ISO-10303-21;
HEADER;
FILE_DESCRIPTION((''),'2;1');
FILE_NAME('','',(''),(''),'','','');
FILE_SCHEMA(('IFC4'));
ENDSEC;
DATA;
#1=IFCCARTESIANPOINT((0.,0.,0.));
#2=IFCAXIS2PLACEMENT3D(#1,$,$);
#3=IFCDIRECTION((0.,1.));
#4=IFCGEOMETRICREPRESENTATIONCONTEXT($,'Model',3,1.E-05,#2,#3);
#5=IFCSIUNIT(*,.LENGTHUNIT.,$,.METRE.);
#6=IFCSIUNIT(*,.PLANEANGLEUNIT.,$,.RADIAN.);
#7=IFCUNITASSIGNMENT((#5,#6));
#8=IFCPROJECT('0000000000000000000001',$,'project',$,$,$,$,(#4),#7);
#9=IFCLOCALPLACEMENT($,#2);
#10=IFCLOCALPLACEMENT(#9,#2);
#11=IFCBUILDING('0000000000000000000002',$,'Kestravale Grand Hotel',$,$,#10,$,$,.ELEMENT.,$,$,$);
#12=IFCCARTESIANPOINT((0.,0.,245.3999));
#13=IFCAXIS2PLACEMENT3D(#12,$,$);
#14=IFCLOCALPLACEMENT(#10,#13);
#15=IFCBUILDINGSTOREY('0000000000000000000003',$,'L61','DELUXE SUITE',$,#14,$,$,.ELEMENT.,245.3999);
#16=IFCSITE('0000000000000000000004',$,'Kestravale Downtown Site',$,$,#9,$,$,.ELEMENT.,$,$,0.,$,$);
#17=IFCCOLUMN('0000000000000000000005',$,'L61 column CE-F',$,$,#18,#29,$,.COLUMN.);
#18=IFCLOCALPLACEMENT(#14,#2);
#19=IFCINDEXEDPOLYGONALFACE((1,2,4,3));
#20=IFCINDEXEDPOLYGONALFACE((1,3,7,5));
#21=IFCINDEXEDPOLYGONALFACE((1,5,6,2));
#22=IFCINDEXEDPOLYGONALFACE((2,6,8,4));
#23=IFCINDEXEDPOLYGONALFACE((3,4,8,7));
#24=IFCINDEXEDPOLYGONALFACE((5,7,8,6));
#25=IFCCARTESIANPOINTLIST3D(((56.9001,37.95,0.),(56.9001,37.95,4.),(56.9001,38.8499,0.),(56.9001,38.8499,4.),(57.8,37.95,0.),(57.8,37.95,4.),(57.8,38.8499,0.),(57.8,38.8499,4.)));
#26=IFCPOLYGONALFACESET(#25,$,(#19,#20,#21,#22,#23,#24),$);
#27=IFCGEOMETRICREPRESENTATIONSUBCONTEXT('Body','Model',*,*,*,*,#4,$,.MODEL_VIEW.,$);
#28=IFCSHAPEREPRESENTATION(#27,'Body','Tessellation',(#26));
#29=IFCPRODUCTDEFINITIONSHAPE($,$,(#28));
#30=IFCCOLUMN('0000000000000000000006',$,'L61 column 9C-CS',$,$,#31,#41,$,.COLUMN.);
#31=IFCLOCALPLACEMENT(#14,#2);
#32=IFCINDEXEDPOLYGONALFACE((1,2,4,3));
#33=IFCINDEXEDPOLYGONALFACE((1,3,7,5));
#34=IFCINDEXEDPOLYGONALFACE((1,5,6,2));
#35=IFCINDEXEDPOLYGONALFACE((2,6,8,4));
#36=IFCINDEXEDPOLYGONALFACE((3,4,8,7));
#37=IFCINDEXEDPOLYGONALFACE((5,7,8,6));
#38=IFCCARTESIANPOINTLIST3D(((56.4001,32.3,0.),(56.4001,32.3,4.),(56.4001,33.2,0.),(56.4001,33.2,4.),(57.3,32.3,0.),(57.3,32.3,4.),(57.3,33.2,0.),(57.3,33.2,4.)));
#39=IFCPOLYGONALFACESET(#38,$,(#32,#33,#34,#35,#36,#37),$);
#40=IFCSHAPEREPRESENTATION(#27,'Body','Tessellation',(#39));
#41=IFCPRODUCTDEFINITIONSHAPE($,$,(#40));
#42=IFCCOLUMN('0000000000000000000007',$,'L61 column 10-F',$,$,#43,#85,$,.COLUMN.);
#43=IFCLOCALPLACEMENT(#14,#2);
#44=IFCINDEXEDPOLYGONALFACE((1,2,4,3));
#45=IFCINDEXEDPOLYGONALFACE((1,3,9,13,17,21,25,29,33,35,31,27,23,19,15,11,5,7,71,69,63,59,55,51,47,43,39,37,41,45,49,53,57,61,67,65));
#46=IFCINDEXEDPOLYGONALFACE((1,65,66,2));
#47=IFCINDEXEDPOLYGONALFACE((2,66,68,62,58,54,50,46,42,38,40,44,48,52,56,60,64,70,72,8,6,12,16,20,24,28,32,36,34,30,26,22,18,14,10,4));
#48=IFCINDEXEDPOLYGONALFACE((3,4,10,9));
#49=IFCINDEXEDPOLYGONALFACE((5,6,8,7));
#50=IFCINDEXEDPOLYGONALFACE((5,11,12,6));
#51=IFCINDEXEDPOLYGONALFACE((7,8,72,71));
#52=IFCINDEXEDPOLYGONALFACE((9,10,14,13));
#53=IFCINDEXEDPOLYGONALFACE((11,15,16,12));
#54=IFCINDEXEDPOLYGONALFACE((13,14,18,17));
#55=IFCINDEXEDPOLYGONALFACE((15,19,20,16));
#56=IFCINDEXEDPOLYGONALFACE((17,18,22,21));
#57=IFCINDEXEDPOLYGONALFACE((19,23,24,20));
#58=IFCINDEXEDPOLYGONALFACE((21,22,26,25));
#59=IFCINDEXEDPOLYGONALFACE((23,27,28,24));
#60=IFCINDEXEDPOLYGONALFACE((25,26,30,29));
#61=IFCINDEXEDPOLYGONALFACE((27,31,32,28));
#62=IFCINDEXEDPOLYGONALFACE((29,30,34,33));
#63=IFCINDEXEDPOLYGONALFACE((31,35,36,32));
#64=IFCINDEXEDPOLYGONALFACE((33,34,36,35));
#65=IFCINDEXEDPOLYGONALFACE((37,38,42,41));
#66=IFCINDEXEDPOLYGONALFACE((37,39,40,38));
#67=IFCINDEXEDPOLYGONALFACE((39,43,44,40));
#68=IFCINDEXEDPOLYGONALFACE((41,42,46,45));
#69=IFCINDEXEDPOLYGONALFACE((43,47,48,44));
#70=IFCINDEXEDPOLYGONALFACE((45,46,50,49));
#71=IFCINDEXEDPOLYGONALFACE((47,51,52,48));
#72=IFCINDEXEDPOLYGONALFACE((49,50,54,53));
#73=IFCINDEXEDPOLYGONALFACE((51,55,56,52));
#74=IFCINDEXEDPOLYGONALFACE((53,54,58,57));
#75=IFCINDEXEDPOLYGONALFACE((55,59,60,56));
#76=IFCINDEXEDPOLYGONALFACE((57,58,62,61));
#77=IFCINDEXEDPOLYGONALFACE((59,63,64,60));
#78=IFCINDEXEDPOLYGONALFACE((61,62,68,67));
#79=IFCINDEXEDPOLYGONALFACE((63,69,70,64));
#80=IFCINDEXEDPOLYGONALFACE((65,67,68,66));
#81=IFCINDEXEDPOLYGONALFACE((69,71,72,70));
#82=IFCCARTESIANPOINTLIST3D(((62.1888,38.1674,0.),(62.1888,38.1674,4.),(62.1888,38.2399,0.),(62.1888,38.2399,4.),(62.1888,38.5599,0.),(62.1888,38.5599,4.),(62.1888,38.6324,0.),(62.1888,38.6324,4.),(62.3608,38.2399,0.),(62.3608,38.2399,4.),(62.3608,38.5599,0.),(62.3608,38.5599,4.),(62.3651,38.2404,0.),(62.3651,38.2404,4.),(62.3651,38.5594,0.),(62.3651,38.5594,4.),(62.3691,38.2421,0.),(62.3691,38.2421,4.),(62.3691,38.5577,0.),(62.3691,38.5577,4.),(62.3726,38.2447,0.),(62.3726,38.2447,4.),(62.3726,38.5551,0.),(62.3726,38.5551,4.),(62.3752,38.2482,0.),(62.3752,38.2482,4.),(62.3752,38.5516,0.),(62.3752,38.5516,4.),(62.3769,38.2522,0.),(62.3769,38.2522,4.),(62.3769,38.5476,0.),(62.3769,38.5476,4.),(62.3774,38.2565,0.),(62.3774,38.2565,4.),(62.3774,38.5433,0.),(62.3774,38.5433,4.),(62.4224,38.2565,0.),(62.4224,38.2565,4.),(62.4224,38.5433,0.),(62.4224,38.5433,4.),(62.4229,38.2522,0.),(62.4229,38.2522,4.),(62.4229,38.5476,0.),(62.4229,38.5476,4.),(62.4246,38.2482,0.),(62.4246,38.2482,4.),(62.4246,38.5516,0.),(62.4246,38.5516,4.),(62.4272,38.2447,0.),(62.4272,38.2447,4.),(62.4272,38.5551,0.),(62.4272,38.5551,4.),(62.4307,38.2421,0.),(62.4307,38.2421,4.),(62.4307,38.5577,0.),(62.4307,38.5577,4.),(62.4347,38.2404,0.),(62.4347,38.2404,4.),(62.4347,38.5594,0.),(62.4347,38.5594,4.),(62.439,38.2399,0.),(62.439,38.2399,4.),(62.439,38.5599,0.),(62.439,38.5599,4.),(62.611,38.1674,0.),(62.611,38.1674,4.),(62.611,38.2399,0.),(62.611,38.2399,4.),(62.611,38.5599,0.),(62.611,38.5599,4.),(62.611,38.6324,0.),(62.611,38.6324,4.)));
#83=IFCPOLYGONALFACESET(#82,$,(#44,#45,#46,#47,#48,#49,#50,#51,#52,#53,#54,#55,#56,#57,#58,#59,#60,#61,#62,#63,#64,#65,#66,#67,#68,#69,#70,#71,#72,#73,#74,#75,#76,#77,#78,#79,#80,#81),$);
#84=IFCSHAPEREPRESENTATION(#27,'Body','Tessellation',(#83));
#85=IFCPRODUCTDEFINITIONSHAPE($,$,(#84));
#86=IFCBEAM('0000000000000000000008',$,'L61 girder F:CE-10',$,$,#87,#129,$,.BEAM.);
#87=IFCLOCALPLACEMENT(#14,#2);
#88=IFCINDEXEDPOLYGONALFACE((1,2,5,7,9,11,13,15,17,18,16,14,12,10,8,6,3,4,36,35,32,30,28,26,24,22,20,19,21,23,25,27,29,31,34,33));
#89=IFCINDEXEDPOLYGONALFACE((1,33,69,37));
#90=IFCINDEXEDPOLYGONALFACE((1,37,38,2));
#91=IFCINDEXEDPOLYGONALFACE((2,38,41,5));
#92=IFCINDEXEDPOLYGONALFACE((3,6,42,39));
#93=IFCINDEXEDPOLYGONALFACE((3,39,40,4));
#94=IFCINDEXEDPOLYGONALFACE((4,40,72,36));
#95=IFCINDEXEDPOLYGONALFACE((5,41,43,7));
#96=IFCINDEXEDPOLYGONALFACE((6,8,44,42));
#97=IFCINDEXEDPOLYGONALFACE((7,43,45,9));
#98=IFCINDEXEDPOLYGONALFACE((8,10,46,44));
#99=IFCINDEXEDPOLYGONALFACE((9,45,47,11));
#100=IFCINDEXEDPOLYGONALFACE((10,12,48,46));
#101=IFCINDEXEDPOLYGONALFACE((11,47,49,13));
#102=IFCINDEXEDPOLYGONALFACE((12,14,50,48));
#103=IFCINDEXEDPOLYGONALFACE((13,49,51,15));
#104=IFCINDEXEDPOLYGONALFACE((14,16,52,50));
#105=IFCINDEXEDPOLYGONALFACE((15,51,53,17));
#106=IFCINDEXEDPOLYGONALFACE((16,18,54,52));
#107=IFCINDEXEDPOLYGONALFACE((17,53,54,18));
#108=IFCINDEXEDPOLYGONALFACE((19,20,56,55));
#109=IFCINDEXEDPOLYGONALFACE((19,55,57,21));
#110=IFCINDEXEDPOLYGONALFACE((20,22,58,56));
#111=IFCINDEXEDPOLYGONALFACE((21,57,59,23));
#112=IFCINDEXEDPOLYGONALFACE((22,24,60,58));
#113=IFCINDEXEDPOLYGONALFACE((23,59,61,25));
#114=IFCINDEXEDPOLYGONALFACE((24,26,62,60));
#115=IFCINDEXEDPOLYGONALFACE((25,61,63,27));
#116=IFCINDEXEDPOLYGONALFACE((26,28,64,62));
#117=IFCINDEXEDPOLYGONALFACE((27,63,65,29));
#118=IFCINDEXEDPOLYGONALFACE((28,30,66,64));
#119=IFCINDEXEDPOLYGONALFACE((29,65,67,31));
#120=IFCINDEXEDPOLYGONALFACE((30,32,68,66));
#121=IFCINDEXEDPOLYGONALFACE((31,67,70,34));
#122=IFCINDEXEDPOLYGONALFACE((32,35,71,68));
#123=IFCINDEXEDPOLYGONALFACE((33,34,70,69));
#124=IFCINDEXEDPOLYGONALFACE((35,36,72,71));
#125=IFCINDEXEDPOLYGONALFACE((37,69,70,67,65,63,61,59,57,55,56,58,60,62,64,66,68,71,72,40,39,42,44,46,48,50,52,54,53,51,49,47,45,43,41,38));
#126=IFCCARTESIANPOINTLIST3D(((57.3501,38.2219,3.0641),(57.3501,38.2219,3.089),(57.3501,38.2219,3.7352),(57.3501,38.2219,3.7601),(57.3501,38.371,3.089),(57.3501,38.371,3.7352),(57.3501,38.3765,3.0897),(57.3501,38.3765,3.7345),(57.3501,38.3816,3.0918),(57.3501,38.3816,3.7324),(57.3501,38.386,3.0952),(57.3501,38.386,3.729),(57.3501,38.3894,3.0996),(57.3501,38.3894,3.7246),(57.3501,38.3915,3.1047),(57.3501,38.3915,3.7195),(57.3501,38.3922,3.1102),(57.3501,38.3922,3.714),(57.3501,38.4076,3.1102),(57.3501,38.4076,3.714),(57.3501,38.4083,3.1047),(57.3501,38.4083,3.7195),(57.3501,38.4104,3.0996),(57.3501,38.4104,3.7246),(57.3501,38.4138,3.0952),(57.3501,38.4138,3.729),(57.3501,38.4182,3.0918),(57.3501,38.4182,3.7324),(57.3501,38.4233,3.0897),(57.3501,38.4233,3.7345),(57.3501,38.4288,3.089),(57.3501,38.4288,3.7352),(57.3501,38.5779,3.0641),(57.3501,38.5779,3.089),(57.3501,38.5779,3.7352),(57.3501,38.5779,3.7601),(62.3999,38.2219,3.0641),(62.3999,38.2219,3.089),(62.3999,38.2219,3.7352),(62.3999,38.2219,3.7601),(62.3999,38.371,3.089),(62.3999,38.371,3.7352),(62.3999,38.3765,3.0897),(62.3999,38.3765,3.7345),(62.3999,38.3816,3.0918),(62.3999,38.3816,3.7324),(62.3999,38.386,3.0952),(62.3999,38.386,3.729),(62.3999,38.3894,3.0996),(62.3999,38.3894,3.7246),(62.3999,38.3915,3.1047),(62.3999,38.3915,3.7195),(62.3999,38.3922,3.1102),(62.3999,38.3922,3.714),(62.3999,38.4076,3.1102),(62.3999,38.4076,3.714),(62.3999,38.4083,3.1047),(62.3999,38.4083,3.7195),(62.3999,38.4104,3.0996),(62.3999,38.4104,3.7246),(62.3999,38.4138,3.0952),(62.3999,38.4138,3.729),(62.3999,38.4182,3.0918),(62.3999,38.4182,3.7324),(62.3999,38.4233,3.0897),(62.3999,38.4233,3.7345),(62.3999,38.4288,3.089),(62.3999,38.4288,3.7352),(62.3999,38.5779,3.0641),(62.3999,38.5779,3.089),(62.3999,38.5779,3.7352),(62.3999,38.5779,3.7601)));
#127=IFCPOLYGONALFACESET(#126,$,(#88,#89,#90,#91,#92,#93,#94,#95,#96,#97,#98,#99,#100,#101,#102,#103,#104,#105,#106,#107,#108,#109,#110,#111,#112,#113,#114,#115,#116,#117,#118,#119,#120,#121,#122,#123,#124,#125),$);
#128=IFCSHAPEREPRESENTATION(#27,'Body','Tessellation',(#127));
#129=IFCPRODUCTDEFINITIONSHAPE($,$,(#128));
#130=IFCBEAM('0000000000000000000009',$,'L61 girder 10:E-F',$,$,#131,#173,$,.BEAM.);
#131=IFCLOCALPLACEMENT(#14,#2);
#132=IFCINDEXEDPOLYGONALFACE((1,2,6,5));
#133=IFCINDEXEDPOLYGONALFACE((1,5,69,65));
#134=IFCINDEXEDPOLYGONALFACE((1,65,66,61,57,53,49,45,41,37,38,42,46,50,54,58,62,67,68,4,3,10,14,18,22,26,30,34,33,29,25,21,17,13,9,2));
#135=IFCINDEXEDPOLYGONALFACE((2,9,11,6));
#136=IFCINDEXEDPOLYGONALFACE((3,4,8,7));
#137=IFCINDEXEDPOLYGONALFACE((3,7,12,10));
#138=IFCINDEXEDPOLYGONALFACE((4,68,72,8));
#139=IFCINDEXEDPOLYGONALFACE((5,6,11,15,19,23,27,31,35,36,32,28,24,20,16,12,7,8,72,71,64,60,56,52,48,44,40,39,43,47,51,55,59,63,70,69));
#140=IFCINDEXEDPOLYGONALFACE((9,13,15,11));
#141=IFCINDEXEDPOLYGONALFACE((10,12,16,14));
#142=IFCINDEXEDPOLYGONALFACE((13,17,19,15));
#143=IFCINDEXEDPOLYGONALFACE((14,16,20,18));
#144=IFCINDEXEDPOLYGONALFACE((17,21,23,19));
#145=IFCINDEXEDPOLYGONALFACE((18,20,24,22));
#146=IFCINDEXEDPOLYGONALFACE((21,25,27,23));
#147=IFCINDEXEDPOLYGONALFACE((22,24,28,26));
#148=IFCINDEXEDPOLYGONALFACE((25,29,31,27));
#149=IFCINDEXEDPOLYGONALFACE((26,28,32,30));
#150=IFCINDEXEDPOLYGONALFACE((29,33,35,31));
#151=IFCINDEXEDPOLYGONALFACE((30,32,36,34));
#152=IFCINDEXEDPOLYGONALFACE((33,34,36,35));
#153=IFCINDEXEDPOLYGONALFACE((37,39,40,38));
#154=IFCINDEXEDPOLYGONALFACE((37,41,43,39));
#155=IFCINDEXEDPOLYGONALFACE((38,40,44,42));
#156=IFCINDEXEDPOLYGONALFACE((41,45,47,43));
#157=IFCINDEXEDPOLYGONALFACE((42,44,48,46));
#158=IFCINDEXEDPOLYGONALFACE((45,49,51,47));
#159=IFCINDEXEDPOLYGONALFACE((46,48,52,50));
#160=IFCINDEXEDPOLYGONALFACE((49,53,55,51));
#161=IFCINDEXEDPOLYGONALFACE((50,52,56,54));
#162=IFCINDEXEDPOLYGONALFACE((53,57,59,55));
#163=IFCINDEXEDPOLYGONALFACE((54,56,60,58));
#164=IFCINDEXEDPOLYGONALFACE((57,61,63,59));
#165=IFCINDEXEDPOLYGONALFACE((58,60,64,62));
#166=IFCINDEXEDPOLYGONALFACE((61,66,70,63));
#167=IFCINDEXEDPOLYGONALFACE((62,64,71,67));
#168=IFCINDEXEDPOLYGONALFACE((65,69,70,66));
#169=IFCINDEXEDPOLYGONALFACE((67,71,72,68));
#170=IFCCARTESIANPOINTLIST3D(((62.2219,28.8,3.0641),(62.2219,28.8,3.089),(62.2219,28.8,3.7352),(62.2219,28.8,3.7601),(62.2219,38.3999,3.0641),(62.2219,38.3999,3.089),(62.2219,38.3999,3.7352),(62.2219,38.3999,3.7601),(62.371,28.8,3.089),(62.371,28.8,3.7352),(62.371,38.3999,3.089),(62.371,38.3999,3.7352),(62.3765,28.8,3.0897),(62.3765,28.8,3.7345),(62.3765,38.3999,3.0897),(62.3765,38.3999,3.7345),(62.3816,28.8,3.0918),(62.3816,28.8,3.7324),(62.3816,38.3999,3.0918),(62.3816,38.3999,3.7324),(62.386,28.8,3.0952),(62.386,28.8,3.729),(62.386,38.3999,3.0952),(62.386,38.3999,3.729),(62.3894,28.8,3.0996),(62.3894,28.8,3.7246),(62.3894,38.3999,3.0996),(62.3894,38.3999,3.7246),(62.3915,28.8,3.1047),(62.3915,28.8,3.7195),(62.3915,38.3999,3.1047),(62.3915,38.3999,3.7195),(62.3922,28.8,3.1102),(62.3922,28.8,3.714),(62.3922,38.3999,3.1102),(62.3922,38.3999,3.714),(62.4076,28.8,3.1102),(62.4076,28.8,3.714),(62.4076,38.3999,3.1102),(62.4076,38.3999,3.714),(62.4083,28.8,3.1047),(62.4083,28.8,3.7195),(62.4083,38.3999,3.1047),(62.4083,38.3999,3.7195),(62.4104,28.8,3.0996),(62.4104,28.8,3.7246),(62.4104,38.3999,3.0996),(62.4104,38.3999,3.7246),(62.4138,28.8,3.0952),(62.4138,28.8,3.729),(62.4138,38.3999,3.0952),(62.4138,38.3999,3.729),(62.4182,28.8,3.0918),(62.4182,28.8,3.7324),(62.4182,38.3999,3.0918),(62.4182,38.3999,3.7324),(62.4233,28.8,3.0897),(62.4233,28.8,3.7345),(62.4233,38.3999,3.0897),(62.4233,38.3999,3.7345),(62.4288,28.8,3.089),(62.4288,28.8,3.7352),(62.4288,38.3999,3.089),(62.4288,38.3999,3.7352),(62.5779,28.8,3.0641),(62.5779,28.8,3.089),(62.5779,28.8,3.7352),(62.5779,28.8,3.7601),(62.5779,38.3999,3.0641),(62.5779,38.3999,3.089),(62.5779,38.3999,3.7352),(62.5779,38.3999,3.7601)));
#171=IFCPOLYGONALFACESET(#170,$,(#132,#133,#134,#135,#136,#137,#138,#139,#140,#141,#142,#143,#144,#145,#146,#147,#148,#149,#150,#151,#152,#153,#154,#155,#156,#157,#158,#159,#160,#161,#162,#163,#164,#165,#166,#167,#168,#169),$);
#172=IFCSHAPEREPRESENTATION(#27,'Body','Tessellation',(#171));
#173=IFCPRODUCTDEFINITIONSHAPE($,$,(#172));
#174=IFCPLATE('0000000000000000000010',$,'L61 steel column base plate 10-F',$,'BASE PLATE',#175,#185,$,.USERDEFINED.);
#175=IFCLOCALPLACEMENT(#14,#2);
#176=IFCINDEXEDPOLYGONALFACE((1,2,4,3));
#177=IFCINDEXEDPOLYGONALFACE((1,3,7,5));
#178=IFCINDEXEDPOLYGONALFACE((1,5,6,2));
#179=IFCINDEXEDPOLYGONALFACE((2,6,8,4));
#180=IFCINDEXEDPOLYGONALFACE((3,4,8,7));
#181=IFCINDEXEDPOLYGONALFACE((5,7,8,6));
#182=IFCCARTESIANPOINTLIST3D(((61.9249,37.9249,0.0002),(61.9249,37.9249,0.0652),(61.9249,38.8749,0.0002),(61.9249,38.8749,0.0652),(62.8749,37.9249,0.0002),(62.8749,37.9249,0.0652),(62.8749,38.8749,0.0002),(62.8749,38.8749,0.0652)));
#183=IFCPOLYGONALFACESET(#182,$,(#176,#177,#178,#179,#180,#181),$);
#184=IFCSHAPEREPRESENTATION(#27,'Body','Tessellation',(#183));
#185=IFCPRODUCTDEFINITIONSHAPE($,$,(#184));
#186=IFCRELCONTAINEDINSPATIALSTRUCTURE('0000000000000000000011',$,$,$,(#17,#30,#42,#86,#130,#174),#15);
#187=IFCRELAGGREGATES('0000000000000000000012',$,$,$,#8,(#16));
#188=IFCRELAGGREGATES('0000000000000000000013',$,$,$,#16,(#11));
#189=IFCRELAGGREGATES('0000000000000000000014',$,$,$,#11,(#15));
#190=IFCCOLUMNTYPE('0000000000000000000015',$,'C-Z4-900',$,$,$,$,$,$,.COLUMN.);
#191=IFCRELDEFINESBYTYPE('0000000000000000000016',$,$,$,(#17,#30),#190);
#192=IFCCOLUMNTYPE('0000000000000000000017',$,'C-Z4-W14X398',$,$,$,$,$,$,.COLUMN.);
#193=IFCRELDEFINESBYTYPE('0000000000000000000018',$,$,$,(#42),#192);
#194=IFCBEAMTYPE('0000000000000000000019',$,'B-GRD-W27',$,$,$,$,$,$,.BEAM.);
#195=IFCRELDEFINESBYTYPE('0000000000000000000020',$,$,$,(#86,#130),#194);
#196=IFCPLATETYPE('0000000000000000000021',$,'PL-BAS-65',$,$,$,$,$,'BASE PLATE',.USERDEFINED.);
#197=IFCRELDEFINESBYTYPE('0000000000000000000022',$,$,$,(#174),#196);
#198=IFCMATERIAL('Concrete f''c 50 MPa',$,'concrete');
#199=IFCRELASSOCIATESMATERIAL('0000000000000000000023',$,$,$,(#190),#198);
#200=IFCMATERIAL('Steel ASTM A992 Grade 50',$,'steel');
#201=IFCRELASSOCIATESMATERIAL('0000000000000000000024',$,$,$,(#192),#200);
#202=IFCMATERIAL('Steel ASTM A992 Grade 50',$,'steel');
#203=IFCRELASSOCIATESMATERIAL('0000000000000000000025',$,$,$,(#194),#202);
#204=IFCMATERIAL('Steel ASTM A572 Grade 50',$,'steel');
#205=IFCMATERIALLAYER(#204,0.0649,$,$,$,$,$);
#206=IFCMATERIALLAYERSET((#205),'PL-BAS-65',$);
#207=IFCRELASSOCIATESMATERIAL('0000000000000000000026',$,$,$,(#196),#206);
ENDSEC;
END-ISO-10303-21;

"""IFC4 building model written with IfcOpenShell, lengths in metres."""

from ifc_helpers import new_model, si_unit, direction, frame, origin, origin_2d, place, context, subcontext, project, spatial, rectangle, i_section, extrude, material, layer, layer_set, material_profile, profile_set, type_object, element, save


model = new_model("IFC4")

# Units and contexts
model_context = context("Model", 3, precision=1e-05, world=origin(), true_north=direction((0.0, 1.0)))
body_context = subcontext(model_context, "Body", "Model", "MODEL_VIEW")
ifc_project = project(units=[si_unit("LENGTHUNIT", "METRE"), si_unit("PLANEANGLEUNIT", "RADIAN")], contexts=[model_context])

# Site, building, storey
site_placement = place(None, origin())
site = spatial("IfcSite", under=ifc_project, at=site_placement, Name="Kestravale Downtown Site", CompositionType="ELEMENT", RefElevation=0.0)
building_placement = place(site_placement, origin())
building = spatial("IfcBuilding", under=site, at=building_placement, Name="Kestravale Grand Hotel", CompositionType="ELEMENT")
storey_placement = place(building_placement, frame((0.0, 0.0, 245.3999)))
storey = spatial("IfcBuildingStorey", under=building, at=storey_placement, Name="L61", Description="DELUXE SUITE", CompositionType="ELEMENT", Elevation=245.3999)

# Columns
ifc_material_1 = material(Name="Concrete f'c 50 MPa", Category="concrete")
ifc_material_profile_1 = material_profile(ifc_material_1, rectangle(XDim=0.8999, YDim=0.8999, at=origin_2d()))
ifc_profile_set_1 = profile_set([ifc_material_profile_1], Name="Concrete f'c 50 MPa")
column_type_1 = type_object("IfcColumnType", Name="C-Z4-900", PredefinedType="COLUMN", material=ifc_profile_set_1)
for number, where, z_axis, x_axis, name in (
    (1, (57.3501, 38.3999, 0.0), (0.0, 0.0, 1.0), (1.0, 0.0, 0.0), "L61 column CE-F"),
    (2, (56.8501, 32.75, 0.0), (0.0, 0.0, 1.0), (1.0, 0.0, 0.0), "L61 column 9C-CS"),
):
    element("IfcColumn", number, at=place(storey_placement, frame(where, z_axis=z_axis, x_axis=x_axis)), inside=storey, type_object=column_type_1, Name=name, PredefinedType="COLUMN", context=body_context, shape_type="SweptSolid", body=[
        extrude(rectangle(XDim=0.8999, YDim=0.8999, at=origin_2d()), origin(), (0.0, 0.0, 1.0), 4.0),
    ])
ifc_material_2 = material(Name="Steel ASTM A992 Grade 50", Category="steel")
ifc_material_profile_2 = material_profile(ifc_material_2, i_section(OverallWidth=0.4221, OverallDepth=0.4651, WebThickness=0.0449, FlangeThickness=0.0725, FilletRadius=0.0166, at=origin_2d()))
ifc_profile_set_2 = profile_set([ifc_material_profile_2], Name="Steel ASTM A992 Grade 50")
column_type_2 = type_object("IfcColumnType", Name="C-Z4-W14X398", PredefinedType="COLUMN", material=ifc_profile_set_2)
column_placement = place(storey_placement, frame((62.3999, 38.3999, 0.0), z_axis=(0.0, 0.0, 1.0), x_axis=(1.0, 0.0, 0.0)))
element("IfcColumn", 3, at=column_placement, inside=storey, type_object=column_type_2, Name="L61 column 10-F", PredefinedType="COLUMN", context=body_context, shape_type="SweptSolid", body=[
    extrude(i_section(OverallWidth=0.4221, OverallDepth=0.4651, WebThickness=0.0449, FlangeThickness=0.0725, FilletRadius=0.0166, at=origin_2d()), origin(), (0.0, 0.0, 1.0), 4.0),
])

# Beams
ifc_material_3 = material(Name="Steel ASTM A992 Grade 50", Category="steel")
ifc_material_profile_3 = material_profile(ifc_material_3, i_section(OverallWidth=0.356, OverallDepth=0.696, WebThickness=0.0154, FlangeThickness=0.0249, FilletRadius=0.0212, at=origin_2d()))
ifc_profile_set_3 = profile_set([ifc_material_profile_3], Name="Steel ASTM A992 Grade 50")
beam_type = type_object("IfcBeamType", Name="B-GRD-W27", PredefinedType="BEAM", material=ifc_profile_set_3)
beam_1_placement = place(storey_placement, frame((57.3501, 38.3999, 3.4121), z_axis=(1.0, 0.0, 0.0), x_axis=(0.0, 1.0, 0.0)))
element("IfcBeam", 4, at=beam_1_placement, inside=storey, type_object=beam_type, Name="L61 girder F:CE-10", PredefinedType="BEAM", context=body_context, shape_type="SweptSolid", body=[
    extrude(i_section(OverallWidth=0.356, OverallDepth=0.696, WebThickness=0.0154, FlangeThickness=0.0249, FilletRadius=0.0212, at=origin_2d()), origin(), (0.0, 0.0, 1.0), 5.0498),
])
beam_2_placement = place(storey_placement, frame((62.3999, 28.8, 3.4121), z_axis=(0.0, 1.0, 0.0), x_axis=(-1.0, 0.0, 0.0)))
element("IfcBeam", 5, at=beam_2_placement, inside=storey, type_object=beam_type, Name="L61 girder 10:E-F", PredefinedType="BEAM", context=body_context, shape_type="SweptSolid", body=[
    extrude(i_section(OverallWidth=0.356, OverallDepth=0.696, WebThickness=0.0154, FlangeThickness=0.0249, FilletRadius=0.0212, at=origin_2d()), origin(), (0.0, 0.0, 1.0), 9.5999),
])

# Plate
ifc_material_4 = material(Name="Steel ASTM A572 Grade 50", Category="steel")
ifc_layer_1 = layer(ifc_material_4, 0.0649)
ifc_layer_set_1 = layer_set([ifc_layer_1], Name="PL-BAS-65")
plate_type = type_object("IfcPlateType", Name="PL-BAS-65", ElementType="BASE PLATE", PredefinedType="USERDEFINED", material=ifc_layer_set_1)
plate_placement = place(storey_placement, frame((62.3999, 38.3999, 0.0002), z_axis=(0.0, 0.0, 1.0), x_axis=(1.0, 0.0, 0.0)))
element("IfcPlate", 6, at=plate_placement, inside=storey, type_object=plate_type, Name="L61 steel column base plate 10-F", ObjectType="BASE PLATE", PredefinedType="USERDEFINED", context=body_context, shape_type="SweptSolid", body=[
    extrude(rectangle(XDim=0.95, YDim=0.95, at=origin_2d()), origin(), (0.0, 0.0, 1.0), 0.0649),
])

save(model, "model.ifc")
